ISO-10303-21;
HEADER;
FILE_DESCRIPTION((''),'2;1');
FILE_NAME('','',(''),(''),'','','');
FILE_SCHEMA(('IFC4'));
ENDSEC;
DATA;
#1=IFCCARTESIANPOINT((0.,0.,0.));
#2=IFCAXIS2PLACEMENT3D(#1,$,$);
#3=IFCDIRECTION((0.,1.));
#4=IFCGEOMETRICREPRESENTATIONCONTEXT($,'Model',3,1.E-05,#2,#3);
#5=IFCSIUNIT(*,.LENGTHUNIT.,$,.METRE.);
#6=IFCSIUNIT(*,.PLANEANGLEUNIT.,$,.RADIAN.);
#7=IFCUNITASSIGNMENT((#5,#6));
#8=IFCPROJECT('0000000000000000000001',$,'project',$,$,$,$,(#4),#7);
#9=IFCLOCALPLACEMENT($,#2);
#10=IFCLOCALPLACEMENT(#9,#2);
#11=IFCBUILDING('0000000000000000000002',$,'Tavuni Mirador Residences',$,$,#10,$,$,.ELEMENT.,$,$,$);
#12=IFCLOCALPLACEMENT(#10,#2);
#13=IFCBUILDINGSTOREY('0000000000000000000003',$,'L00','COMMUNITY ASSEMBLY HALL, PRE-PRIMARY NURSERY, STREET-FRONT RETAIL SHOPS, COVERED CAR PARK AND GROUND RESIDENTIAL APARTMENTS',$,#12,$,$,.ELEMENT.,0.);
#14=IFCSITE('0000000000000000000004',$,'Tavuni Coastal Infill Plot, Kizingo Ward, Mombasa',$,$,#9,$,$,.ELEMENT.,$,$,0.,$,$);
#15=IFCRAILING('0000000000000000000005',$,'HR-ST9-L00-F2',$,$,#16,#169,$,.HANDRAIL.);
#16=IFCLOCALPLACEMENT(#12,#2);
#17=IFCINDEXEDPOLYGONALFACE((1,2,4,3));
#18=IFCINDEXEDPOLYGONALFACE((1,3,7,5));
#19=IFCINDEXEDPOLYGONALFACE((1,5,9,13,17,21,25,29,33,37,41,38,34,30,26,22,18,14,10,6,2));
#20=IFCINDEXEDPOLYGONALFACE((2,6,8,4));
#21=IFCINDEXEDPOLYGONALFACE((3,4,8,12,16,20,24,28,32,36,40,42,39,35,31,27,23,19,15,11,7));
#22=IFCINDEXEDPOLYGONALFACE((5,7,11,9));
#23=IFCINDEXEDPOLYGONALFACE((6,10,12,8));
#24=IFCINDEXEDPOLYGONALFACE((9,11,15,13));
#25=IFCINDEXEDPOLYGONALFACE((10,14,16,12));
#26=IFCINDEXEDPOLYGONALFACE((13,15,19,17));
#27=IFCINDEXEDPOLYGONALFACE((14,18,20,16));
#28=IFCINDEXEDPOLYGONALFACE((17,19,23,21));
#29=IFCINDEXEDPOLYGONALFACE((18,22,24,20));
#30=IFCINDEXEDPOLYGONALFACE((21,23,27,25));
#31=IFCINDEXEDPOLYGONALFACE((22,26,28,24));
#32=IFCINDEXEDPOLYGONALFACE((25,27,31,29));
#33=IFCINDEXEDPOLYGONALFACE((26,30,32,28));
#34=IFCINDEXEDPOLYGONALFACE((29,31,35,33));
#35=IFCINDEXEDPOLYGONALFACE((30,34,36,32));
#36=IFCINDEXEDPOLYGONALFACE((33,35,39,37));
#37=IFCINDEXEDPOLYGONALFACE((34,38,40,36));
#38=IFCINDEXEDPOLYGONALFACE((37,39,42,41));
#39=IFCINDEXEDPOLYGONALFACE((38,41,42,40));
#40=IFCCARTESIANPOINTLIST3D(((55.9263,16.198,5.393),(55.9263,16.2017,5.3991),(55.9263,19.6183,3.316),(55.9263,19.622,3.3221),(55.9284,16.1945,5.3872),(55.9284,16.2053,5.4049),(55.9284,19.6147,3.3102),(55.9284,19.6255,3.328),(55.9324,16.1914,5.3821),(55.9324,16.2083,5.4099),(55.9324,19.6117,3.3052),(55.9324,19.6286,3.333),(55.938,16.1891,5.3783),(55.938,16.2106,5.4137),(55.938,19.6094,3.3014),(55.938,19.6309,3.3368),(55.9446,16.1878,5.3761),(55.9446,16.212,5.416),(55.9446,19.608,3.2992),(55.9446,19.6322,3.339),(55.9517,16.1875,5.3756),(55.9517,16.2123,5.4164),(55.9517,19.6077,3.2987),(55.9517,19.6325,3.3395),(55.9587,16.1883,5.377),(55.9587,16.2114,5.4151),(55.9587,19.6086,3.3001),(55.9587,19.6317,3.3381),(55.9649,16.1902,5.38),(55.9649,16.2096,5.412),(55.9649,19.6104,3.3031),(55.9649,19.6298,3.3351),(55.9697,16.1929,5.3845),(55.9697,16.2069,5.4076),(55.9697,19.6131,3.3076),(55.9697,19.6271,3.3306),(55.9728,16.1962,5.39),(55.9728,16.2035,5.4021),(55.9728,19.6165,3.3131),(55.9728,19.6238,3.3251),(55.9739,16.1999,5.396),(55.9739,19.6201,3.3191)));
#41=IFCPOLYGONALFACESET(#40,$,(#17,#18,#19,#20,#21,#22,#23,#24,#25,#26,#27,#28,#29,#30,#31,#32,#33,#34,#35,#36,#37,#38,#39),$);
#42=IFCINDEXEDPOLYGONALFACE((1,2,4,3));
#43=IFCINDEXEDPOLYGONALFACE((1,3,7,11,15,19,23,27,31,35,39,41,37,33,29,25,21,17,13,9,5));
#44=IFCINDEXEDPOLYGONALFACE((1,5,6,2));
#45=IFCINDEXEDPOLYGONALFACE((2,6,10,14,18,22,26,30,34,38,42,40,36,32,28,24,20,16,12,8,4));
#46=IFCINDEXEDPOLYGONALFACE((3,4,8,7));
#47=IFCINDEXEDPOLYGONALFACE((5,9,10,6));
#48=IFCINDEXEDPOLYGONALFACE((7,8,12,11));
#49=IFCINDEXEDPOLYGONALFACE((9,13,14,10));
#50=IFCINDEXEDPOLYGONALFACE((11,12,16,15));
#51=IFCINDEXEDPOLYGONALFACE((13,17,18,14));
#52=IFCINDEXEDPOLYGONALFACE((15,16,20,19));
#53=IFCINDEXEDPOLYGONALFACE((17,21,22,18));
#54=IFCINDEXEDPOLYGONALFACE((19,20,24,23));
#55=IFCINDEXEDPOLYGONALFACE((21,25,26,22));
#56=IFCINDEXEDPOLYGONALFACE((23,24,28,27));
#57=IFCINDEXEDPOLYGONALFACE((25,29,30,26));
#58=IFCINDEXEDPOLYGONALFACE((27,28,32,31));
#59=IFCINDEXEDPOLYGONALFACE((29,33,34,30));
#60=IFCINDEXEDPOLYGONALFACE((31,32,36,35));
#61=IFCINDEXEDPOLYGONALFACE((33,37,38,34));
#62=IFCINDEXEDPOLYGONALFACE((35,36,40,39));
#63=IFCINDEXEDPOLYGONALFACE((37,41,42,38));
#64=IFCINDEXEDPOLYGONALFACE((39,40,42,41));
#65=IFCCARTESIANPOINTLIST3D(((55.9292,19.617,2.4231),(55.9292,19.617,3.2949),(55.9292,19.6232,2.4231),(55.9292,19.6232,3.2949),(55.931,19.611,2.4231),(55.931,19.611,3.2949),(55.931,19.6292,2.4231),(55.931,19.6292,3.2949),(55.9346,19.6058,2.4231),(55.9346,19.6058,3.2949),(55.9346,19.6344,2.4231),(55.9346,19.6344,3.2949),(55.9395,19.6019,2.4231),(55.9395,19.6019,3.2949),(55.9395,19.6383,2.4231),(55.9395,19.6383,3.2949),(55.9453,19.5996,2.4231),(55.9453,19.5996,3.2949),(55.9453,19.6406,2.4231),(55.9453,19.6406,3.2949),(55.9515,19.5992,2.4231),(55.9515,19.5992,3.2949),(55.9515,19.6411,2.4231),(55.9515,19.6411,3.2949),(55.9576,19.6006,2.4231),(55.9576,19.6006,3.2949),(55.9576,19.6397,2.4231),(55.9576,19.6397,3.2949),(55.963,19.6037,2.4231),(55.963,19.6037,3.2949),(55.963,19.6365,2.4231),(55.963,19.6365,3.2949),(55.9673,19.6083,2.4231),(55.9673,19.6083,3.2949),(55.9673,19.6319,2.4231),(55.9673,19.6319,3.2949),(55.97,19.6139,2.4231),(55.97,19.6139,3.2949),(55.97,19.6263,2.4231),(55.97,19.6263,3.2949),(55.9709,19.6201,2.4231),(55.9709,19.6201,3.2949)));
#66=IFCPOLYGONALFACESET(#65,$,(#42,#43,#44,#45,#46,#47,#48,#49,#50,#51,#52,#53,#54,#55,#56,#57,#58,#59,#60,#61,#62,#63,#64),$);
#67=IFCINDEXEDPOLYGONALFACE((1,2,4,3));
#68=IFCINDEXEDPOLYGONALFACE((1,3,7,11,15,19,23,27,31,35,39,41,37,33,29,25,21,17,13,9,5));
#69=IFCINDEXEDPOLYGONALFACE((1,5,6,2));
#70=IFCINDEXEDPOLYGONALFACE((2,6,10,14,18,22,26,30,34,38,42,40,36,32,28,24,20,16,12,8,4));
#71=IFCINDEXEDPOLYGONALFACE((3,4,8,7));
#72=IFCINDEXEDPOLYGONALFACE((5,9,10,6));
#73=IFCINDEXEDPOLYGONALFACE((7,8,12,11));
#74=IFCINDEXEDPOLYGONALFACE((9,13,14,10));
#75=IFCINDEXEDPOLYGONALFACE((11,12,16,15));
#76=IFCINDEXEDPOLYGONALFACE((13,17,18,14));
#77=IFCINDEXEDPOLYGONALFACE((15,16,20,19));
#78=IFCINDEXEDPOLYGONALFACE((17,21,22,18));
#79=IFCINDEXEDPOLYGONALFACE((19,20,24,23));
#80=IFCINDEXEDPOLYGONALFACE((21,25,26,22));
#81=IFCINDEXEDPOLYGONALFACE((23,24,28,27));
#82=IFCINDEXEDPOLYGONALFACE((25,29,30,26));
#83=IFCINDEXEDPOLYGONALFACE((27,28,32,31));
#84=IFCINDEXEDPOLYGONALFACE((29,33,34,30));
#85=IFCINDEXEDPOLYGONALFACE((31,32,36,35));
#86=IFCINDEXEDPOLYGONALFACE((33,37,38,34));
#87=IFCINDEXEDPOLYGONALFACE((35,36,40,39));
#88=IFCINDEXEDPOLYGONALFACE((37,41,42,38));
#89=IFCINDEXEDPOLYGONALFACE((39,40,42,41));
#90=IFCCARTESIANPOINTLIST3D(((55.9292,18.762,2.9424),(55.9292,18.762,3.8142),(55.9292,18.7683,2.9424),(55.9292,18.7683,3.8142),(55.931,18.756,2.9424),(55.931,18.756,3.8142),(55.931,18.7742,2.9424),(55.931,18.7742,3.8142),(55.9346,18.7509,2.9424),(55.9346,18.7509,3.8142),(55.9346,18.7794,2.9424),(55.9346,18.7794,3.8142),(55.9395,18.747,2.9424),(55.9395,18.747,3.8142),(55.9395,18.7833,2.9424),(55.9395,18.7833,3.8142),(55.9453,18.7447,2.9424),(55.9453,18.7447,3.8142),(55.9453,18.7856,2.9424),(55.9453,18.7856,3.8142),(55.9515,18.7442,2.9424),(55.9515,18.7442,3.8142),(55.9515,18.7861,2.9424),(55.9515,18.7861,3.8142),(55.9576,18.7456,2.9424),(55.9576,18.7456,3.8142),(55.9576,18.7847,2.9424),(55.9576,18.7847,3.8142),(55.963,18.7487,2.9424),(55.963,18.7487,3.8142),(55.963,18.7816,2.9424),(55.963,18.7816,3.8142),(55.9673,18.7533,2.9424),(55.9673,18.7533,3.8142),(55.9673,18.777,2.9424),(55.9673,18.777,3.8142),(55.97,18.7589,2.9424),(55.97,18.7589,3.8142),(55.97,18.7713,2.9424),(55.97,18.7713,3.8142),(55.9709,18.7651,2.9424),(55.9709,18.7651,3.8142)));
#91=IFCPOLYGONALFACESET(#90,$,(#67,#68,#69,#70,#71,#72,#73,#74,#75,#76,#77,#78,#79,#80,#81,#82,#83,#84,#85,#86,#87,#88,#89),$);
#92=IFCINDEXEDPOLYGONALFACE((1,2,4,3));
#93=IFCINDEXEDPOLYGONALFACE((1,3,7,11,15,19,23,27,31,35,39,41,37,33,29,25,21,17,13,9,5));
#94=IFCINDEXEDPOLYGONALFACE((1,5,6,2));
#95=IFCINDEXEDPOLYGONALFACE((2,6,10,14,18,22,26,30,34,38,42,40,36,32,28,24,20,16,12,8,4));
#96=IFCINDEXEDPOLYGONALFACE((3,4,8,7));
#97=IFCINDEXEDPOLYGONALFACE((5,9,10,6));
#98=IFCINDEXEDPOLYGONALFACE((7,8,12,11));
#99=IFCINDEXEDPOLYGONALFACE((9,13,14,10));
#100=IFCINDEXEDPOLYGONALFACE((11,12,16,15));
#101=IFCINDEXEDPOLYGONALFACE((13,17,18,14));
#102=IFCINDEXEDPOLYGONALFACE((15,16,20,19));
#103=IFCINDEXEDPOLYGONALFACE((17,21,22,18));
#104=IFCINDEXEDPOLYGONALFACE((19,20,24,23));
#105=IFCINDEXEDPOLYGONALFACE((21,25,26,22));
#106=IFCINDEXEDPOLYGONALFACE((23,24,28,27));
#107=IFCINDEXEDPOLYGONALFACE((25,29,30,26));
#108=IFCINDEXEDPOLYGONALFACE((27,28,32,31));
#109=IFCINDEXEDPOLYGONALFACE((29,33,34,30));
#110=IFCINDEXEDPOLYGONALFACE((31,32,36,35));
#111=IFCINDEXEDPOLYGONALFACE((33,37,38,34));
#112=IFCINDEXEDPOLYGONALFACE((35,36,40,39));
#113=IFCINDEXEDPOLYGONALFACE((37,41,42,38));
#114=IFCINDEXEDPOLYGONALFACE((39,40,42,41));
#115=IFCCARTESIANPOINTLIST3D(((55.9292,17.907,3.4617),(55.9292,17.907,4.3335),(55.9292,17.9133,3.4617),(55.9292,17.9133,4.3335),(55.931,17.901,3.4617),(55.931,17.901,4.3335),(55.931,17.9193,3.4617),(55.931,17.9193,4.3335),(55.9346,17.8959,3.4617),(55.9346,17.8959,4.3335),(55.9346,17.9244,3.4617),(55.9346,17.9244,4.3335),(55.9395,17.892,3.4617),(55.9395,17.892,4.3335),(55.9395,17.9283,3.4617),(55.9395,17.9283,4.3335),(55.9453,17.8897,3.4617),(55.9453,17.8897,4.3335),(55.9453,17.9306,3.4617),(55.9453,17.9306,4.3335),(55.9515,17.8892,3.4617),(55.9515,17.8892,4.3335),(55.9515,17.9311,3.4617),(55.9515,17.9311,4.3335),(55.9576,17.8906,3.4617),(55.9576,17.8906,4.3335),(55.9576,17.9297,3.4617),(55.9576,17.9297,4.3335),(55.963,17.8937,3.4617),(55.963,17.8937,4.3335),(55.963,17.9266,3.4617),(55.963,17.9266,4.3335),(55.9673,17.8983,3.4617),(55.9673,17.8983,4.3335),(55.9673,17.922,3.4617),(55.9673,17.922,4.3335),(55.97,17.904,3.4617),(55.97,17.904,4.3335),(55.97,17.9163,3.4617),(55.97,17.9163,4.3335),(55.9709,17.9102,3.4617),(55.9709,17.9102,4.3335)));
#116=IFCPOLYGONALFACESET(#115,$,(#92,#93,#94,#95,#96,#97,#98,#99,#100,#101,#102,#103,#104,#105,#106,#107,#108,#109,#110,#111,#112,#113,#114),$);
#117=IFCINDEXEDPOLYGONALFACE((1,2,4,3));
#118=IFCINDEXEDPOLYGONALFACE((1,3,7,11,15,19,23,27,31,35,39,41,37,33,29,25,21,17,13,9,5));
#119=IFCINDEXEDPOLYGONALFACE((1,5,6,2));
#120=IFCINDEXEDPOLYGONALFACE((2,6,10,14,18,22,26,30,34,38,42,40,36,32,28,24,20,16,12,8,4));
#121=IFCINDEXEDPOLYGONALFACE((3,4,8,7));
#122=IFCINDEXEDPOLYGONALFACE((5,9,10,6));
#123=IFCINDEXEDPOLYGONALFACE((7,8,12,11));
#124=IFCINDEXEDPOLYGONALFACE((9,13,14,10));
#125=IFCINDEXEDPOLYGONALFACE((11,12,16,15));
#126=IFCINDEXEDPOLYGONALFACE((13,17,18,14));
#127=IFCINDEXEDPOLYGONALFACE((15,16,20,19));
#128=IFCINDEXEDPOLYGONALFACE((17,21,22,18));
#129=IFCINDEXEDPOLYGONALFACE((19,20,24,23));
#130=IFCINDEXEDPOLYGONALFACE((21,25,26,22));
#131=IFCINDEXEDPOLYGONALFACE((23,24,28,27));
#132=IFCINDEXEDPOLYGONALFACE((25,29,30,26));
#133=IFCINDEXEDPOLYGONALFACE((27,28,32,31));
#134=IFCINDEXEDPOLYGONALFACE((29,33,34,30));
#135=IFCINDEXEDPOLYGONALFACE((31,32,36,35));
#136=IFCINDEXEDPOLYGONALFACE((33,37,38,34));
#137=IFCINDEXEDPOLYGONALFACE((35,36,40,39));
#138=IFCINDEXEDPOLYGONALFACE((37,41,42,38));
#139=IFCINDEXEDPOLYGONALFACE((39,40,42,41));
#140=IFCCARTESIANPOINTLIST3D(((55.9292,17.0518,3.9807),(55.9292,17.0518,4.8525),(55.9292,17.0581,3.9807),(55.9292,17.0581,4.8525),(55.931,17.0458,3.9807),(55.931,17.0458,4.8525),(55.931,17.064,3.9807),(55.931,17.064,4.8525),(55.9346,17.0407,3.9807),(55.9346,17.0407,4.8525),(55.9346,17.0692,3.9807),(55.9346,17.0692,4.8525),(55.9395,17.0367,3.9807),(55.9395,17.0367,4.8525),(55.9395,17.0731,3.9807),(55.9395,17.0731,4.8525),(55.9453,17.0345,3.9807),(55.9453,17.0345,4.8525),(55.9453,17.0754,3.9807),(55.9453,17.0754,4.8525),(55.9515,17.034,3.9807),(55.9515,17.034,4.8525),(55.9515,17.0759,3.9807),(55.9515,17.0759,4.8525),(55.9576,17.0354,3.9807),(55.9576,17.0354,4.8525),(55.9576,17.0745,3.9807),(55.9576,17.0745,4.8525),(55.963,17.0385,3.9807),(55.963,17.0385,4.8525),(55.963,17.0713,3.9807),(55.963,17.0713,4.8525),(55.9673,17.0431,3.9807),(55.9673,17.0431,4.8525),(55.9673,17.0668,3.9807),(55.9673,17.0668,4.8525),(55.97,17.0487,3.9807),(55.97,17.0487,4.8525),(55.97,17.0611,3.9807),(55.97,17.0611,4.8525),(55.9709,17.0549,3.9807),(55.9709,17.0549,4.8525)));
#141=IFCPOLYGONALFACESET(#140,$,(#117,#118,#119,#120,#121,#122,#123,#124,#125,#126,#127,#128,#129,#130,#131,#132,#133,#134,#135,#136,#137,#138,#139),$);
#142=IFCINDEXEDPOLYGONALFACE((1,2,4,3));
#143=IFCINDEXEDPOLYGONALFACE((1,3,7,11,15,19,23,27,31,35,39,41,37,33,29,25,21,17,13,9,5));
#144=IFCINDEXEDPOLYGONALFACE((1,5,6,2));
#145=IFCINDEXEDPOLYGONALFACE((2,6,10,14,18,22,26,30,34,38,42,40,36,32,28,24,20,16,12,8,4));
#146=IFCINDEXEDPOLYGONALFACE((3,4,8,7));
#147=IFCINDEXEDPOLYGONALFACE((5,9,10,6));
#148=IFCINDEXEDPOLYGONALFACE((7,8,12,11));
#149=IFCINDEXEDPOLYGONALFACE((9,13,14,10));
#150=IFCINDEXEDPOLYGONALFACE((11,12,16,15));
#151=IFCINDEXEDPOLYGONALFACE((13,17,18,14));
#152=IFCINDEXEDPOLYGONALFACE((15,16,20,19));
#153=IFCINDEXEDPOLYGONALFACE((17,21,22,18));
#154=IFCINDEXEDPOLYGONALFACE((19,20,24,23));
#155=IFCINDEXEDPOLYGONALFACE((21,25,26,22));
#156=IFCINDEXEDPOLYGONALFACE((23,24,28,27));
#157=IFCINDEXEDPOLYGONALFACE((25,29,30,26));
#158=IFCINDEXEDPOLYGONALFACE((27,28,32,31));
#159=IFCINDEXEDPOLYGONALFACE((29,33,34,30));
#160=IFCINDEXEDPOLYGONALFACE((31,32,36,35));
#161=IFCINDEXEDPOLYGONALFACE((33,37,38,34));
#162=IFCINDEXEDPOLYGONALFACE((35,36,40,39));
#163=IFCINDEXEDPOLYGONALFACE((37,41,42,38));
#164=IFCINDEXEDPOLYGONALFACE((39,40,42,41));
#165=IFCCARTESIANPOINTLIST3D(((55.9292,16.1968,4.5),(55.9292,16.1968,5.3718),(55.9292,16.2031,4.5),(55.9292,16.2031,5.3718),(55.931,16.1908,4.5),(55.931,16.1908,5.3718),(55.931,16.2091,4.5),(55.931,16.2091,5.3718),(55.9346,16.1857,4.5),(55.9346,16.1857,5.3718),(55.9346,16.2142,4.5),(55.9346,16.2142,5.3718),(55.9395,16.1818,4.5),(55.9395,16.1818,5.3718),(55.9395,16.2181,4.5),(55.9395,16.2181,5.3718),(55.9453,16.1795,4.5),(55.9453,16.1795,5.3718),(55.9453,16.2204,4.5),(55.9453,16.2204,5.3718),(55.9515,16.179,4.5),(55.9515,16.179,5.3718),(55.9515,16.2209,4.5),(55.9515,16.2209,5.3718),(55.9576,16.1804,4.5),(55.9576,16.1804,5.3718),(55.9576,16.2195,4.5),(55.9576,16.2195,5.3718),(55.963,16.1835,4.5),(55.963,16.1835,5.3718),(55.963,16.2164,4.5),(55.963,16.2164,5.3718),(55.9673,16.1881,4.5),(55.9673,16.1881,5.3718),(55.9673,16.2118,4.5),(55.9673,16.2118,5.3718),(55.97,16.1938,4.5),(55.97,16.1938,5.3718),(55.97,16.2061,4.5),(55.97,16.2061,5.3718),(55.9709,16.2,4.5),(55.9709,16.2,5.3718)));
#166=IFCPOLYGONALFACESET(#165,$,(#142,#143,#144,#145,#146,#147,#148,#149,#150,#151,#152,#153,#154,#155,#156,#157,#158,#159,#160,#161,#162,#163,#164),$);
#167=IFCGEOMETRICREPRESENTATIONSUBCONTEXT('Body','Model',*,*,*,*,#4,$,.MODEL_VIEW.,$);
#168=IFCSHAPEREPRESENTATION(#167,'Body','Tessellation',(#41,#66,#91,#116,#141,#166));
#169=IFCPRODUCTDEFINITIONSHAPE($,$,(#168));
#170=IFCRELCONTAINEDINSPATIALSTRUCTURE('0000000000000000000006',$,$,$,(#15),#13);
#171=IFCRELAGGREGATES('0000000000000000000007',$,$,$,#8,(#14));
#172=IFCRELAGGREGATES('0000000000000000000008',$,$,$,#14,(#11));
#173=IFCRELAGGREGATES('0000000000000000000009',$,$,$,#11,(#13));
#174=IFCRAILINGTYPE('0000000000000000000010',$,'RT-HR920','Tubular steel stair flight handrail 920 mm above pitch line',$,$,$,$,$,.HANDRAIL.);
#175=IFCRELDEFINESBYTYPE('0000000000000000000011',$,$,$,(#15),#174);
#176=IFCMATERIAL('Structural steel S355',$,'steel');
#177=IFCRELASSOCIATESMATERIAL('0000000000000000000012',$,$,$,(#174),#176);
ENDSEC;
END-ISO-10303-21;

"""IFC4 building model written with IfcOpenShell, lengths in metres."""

from ifc_helpers import new_model, si_unit, direction, frame, origin, origin_2d, place, context, subcontext, project, spatial, circle, extrude, material, type_object, element, save


model = new_model("IFC4")

# Units and contexts
model_context = context("Model", 3, precision=1e-05, world=origin(), true_north=direction((0.0, 1.0)))
body_context = subcontext(model_context, "Body", "Model", "MODEL_VIEW")
ifc_project = project(units=[si_unit("LENGTHUNIT", "METRE"), si_unit("PLANEANGLEUNIT", "RADIAN")], contexts=[model_context])

# Site, building, storey
site_placement = place(None, origin())
site = spatial("IfcSite", under=ifc_project, at=site_placement, Name="Tavuni Coastal Infill Plot, Kizingo Ward, Mombasa", CompositionType="ELEMENT", RefElevation=0.0)
building_placement = place(site_placement, origin())
building = spatial("IfcBuilding", under=site, at=building_placement, Name="Tavuni Mirador Residences", CompositionType="ELEMENT")
storey_placement = place(building_placement, origin())
storey = spatial("IfcBuildingStorey", under=building, at=storey_placement, Name="L00", Description="COMMUNITY ASSEMBLY HALL, PRE-PRIMARY NURSERY, STREET-FRONT RETAIL SHOPS, COVERED CAR PARK AND GROUND RESIDENTIAL APARTMENTS", CompositionType="ELEMENT", Elevation=0.0)

# Shared definitions
ifc_material_1 = material(Name="Structural steel S355", Category="steel")

# Railing
railing_type_1 = type_object("IfcRailingType", Name="RT-HR920", Description="Tubular steel stair flight handrail 920 mm above pitch line", PredefinedType="HANDRAIL", material=ifc_material_1)
railing_1_placement = place(storey_placement, frame((55.95, 19.6201, 2.4231)))
element("IfcRailing", 1, at=railing_1_placement, inside=storey, type_object=railing_type_1, Name="HR-ST9-L00-F2", PredefinedType="HANDRAIL", context=body_context, shape_type="SweptSolid", body=[
    extrude(circle(Radius=0.0239, at=origin_2d()), frame((0.0, 0.0, 0.896), z_axis=(0.0, -0.854746, 0.519047), x_axis=(1.0, 0.0, 0.0)), (0.0, 0.0, 1.0), 4.0015),
    extrude(circle(Radius=0.021, at=origin_2d()), origin(), (0.0, 0.0, 1.0), 0.8718),
    extrude(circle(Radius=0.021, at=origin_2d()), frame((0.0, -0.855, 0.5193)), (0.0, 0.0, 1.0), 0.8718),
    extrude(circle(Radius=0.021, at=origin_2d()), frame((0.0, -1.71, 1.0386)), (0.0, 0.0, 1.0), 0.8718),
    extrude(circle(Radius=0.021, at=origin_2d()), frame((0.0, -2.5652, 1.5576)), (0.0, 0.0, 1.0), 0.8718),
    extrude(circle(Radius=0.021, at=origin_2d()), frame((0.0, -3.4202, 2.0769)), (0.0, 0.0, 1.0), 0.8718),
])

save(model, "model.ifc")
